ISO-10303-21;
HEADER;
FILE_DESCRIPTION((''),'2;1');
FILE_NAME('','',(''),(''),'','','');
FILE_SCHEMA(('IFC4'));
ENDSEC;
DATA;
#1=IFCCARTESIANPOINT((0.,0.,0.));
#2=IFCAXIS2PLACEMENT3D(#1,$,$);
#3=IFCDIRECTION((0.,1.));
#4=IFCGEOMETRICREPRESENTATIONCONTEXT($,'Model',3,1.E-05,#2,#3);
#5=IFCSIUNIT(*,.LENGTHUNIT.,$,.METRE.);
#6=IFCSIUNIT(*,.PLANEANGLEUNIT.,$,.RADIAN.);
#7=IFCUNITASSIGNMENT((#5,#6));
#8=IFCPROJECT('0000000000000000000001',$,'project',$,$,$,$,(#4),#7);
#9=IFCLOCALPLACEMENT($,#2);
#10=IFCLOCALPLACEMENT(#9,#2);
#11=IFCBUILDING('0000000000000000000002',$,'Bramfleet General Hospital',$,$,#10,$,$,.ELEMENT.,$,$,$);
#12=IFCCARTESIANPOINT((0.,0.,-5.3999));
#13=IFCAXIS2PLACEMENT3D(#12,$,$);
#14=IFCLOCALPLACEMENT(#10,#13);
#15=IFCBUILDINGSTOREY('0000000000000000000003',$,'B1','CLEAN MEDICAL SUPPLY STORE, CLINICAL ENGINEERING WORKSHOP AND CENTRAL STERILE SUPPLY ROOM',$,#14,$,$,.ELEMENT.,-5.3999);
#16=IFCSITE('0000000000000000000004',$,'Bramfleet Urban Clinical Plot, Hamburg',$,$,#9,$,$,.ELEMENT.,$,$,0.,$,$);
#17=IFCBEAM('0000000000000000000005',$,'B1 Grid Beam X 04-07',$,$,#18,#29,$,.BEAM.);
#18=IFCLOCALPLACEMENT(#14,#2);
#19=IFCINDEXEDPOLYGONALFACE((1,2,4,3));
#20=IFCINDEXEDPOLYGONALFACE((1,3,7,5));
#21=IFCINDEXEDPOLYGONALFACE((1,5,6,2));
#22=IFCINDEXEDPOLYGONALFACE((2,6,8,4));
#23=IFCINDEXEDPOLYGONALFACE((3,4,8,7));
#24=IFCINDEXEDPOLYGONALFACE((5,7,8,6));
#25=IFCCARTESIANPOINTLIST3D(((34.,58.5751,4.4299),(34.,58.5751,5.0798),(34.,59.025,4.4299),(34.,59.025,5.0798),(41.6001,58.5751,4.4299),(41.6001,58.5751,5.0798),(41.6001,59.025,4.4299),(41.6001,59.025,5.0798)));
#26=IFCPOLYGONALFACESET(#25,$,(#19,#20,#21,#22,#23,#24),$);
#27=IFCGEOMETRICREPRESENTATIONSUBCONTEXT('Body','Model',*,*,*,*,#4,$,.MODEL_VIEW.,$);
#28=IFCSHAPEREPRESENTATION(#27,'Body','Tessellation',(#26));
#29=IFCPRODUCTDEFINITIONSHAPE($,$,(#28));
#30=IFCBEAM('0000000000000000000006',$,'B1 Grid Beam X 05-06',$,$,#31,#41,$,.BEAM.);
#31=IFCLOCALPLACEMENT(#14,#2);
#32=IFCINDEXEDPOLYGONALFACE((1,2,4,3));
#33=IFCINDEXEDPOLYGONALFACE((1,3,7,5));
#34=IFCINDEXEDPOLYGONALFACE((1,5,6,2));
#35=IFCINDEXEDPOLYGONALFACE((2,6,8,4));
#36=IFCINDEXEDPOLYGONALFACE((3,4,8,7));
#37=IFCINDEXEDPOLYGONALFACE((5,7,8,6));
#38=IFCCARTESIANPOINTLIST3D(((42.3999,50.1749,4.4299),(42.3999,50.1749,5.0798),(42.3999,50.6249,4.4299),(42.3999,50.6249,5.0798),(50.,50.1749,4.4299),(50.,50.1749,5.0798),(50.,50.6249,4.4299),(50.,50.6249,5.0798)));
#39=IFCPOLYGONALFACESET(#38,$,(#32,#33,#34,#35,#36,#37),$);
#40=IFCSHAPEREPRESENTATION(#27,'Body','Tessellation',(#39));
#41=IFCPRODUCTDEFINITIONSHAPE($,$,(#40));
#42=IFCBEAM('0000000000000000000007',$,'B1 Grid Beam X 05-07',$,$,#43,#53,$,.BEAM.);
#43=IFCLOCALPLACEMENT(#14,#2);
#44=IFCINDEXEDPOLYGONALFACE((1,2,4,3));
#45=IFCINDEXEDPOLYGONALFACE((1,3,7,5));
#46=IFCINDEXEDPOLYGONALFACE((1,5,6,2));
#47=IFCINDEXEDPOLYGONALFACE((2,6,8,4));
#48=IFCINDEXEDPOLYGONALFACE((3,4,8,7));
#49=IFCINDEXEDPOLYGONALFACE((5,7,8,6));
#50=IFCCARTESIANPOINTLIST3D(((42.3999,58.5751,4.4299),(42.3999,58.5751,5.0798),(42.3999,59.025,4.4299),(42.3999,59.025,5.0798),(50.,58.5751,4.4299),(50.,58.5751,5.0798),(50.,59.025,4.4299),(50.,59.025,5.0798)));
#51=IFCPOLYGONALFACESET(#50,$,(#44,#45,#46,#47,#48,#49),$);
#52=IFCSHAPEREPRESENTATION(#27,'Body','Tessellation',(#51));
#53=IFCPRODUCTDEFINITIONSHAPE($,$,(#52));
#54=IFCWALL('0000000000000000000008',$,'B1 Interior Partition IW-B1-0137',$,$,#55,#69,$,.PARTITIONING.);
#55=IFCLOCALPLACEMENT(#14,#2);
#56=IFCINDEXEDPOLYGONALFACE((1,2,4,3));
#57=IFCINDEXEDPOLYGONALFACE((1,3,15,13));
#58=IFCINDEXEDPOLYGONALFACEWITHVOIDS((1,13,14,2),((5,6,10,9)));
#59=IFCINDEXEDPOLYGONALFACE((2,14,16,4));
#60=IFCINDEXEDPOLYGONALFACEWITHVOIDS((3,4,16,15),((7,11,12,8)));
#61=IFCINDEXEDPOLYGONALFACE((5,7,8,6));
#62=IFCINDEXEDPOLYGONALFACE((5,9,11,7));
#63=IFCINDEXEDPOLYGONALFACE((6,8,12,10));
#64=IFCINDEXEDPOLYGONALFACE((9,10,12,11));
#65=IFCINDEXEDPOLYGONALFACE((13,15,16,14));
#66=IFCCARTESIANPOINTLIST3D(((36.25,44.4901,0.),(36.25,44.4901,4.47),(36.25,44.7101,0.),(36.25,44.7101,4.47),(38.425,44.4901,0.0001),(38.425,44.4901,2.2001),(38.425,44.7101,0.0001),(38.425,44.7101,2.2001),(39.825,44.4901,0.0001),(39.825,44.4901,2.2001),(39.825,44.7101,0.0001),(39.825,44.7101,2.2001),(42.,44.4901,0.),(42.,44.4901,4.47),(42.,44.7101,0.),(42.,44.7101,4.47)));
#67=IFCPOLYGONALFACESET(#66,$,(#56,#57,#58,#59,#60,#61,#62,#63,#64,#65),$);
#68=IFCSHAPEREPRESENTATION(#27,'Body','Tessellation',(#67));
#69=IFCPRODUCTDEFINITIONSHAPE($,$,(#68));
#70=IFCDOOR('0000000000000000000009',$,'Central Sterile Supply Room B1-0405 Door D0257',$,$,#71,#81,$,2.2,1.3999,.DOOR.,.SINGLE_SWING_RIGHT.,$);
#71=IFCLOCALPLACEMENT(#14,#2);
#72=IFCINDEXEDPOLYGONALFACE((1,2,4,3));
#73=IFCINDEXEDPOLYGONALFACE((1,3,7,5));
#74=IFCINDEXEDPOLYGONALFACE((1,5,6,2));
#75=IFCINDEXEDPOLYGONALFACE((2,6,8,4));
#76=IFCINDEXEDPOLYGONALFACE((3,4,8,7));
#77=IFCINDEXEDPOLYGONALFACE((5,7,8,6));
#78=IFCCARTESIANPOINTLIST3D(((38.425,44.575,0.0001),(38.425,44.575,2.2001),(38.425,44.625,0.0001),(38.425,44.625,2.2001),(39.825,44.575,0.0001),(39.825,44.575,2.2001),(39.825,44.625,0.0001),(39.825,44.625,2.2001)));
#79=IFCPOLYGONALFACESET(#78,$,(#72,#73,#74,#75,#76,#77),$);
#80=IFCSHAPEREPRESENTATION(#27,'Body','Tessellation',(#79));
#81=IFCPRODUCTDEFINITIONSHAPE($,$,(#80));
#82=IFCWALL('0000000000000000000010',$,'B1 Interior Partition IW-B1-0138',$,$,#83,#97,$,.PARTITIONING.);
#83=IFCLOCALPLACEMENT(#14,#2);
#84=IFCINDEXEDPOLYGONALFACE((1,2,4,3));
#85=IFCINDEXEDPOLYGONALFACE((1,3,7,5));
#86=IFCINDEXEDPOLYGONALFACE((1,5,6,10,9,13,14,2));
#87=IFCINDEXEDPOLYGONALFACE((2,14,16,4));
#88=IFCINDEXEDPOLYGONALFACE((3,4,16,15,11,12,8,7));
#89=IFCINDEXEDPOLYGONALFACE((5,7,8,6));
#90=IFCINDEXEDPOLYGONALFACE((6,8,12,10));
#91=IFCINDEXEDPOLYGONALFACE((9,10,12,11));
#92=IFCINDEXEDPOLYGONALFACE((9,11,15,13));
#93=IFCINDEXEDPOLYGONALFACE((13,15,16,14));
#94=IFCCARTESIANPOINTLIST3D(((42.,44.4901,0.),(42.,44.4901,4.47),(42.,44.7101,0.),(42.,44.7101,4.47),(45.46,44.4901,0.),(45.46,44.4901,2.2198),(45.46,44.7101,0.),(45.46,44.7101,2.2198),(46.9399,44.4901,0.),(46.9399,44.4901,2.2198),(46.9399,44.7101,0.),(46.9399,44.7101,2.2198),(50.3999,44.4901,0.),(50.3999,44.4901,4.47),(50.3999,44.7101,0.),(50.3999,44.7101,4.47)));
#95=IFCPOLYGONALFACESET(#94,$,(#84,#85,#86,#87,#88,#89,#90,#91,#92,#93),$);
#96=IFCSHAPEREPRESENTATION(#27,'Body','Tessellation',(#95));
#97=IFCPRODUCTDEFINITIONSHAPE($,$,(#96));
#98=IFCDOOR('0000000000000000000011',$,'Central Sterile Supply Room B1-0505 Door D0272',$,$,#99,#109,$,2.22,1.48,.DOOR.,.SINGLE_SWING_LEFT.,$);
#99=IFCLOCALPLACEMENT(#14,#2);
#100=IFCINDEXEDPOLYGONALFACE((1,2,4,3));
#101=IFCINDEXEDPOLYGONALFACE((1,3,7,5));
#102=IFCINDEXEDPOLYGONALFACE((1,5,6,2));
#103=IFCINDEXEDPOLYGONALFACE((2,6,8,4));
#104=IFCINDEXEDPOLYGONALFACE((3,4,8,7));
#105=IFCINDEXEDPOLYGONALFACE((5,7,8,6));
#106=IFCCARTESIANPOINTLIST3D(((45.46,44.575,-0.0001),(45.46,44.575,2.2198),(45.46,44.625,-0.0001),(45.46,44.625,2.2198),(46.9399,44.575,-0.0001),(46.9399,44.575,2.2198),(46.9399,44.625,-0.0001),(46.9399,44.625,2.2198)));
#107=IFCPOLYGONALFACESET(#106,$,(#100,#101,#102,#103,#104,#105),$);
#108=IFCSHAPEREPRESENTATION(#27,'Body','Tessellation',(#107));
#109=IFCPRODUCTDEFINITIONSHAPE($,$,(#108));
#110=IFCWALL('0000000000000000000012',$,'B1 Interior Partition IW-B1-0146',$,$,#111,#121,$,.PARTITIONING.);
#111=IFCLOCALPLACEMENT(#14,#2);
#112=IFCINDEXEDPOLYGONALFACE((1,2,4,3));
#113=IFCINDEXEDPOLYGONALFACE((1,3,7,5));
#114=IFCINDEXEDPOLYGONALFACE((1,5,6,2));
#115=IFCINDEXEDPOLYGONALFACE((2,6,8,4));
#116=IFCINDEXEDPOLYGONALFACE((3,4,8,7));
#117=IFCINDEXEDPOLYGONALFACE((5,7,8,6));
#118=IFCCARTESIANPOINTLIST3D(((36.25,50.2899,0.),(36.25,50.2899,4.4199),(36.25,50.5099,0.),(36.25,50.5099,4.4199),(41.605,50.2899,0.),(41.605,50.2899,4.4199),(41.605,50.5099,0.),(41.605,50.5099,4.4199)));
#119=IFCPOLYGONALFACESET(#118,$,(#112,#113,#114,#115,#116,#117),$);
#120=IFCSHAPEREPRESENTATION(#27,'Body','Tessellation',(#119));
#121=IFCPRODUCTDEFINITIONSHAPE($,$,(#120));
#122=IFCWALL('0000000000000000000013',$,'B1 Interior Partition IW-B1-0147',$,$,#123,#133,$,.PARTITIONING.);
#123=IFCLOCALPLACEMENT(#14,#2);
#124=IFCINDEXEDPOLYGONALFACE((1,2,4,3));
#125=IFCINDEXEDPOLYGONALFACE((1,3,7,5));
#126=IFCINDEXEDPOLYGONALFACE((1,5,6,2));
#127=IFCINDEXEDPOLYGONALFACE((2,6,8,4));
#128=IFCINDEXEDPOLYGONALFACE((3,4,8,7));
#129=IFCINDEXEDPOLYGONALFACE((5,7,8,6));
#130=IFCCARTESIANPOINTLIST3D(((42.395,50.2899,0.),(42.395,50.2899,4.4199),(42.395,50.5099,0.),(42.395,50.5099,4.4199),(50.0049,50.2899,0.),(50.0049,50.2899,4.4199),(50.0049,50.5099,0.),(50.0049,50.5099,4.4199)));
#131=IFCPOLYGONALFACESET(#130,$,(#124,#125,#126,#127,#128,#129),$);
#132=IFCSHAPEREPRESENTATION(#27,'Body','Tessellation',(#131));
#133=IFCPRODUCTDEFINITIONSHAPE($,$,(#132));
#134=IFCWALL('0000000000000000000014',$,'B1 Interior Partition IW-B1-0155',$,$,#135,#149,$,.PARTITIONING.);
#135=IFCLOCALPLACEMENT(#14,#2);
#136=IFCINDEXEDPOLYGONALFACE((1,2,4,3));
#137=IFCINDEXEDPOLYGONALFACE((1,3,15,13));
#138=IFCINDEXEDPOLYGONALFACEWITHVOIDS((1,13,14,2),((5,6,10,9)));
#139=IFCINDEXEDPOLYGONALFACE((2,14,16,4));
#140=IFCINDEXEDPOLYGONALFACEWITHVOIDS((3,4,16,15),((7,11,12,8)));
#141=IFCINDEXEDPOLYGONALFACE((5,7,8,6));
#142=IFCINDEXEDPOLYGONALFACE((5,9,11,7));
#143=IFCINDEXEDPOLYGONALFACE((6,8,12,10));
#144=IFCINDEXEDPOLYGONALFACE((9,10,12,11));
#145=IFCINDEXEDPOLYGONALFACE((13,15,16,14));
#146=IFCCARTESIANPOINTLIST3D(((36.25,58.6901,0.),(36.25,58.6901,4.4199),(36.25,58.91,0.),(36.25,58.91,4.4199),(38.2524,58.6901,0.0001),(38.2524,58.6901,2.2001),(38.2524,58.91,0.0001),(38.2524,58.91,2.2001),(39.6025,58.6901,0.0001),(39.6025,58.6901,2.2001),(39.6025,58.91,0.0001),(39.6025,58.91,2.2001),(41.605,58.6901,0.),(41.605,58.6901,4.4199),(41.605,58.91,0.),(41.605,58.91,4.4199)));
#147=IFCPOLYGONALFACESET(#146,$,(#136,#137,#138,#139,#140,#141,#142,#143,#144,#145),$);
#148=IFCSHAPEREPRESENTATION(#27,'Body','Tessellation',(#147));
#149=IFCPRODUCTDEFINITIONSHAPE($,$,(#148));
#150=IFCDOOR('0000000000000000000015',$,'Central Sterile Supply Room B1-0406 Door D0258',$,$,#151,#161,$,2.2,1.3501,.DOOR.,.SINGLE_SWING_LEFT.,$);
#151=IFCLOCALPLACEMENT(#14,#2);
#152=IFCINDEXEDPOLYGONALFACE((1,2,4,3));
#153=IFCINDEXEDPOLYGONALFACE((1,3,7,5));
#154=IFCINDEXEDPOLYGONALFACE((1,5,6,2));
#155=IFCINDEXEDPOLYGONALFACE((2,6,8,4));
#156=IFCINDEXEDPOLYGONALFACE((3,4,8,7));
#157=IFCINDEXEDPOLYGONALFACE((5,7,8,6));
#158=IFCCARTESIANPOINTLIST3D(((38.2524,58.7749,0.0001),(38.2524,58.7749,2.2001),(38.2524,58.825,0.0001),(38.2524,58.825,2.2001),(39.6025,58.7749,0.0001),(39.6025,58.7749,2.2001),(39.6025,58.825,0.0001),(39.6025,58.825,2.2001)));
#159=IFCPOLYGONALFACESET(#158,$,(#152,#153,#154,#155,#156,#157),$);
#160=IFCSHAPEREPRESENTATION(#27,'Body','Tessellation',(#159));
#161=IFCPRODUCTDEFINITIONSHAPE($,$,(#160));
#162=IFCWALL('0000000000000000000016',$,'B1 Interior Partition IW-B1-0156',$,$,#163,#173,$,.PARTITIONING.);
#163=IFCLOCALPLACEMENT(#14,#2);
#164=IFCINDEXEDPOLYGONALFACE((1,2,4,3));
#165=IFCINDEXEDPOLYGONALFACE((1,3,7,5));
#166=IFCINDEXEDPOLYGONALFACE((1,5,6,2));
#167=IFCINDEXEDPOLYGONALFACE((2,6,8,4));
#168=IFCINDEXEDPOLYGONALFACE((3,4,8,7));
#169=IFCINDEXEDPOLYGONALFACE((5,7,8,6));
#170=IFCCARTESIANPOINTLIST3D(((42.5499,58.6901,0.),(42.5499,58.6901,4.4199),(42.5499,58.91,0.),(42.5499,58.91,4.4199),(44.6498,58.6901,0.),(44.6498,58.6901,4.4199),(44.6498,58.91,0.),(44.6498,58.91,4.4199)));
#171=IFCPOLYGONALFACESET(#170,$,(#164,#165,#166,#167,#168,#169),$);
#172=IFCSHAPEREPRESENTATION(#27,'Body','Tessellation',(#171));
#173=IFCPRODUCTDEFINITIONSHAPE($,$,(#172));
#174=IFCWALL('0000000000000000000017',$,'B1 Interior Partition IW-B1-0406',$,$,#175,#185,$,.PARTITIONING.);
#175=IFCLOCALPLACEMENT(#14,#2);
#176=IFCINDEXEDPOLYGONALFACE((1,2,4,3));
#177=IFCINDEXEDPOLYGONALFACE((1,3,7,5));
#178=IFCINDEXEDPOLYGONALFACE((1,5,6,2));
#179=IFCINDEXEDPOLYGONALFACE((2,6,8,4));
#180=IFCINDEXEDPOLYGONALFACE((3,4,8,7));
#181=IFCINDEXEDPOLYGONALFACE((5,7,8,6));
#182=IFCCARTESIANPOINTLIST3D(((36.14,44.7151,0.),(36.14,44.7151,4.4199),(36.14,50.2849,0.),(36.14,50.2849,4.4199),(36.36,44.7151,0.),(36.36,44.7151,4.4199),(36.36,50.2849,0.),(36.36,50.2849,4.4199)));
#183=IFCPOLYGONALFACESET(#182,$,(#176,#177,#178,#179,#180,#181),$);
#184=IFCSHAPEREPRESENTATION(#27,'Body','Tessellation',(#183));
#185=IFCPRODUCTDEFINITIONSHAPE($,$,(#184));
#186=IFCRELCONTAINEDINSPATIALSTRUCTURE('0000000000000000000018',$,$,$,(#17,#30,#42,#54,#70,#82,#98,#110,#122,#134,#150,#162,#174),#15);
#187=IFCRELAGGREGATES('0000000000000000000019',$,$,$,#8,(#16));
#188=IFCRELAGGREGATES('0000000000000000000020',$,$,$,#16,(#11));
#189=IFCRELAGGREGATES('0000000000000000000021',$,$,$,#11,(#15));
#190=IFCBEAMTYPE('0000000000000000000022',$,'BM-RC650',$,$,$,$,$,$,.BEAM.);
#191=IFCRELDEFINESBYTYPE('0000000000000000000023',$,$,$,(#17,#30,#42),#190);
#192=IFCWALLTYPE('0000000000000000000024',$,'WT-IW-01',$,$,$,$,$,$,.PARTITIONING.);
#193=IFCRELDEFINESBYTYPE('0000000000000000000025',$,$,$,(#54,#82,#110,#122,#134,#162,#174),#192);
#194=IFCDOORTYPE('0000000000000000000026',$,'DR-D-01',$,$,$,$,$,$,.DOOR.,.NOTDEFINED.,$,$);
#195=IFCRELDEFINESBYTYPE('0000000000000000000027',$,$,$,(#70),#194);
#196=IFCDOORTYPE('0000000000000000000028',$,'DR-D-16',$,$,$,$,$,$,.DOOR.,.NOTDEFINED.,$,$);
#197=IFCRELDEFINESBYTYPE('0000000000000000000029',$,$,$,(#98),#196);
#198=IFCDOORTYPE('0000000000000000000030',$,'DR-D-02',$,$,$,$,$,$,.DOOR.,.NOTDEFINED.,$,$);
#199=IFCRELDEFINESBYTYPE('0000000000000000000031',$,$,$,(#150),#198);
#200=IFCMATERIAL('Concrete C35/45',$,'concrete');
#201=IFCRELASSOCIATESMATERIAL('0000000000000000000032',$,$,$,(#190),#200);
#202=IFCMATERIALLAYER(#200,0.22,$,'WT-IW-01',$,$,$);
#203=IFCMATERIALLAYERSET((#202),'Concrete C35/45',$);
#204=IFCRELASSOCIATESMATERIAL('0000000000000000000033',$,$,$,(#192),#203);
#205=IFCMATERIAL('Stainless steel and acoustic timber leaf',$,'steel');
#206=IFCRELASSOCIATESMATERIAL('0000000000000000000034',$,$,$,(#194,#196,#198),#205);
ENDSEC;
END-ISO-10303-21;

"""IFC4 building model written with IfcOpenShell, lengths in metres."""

from ifc_helpers import new_model, si_unit, direction, frame, frame_2d, origin, origin_2d, place, context, subcontext, project, spatial, rectangle, extrude, material, layer, layer_set, material_profile, profile_set, type_object, element, fill, save


model = new_model("IFC4")

# Units and contexts
model_context = context("Model", 3, precision=1e-05, world=origin(), true_north=direction((0.0, 1.0)))
body_context = subcontext(model_context, "Body", "Model", "MODEL_VIEW")
ifc_project = project(units=[si_unit("LENGTHUNIT", "METRE"), si_unit("PLANEANGLEUNIT", "RADIAN")], contexts=[model_context])

# Site, building, storey
site_placement = place(None, origin())
site = spatial("IfcSite", under=ifc_project, at=site_placement, Name="Bramfleet Urban Clinical Plot, Hamburg", CompositionType="ELEMENT", RefElevation=0.0)
building_placement = place(site_placement, origin())
building = spatial("IfcBuilding", under=site, at=building_placement, Name="Bramfleet General Hospital", CompositionType="ELEMENT")
storey_placement = place(building_placement, frame((0.0, 0.0, -5.3999)))
storey = spatial("IfcBuildingStorey", under=building, at=storey_placement, Name="B1", Description="CLEAN MEDICAL SUPPLY STORE, CLINICAL ENGINEERING WORKSHOP AND CENTRAL STERILE SUPPLY ROOM", CompositionType="ELEMENT", Elevation=-5.3999)

# Shared definitions
ifc_material_1 = material(Name="Concrete C35/45", Category="concrete")

# Beams
ifc_material_profile_1 = material_profile(ifc_material_1, rectangle(XDim=0.45, YDim=0.6499, at=origin_2d()), Name="RC BM 650x450")
ifc_profile_set_1 = profile_set([ifc_material_profile_1], Name="Concrete C35/45")
beam_type_1 = type_object("IfcBeamType", Name="BM-RC650", PredefinedType="BEAM", material=ifc_profile_set_1)
for number, where, z_axis, x_axis, name in (
    (1, (34.0, 58.8, 4.7549), (1.0, 0.0, 0.0), (0.0, 1.0, 0.0), "B1 Grid Beam X 04-07"),
    (2, (42.3999, 50.3999, 4.7549), (1.0, 0.0, 0.0), (0.0, 1.0, 0.0), "B1 Grid Beam X 05-06"),
    (3, (42.3999, 58.8, 4.7549), (1.0, 0.0, 0.0), (0.0, 1.0, 0.0), "B1 Grid Beam X 05-07"),
):
    element("IfcBeam", number, at=place(storey_placement, frame(where, z_axis=z_axis, x_axis=x_axis)), inside=storey, type_object=beam_type_1, Name=name, PredefinedType="BEAM", context=body_context, shape_type="SweptSolid", body=[
        extrude(rectangle(XDim=0.45, YDim=0.6499, at=origin_2d()), origin(), (0.0, 0.0, 1.0), 7.6001),
    ])

# Walls, openings, doors
ifc_layer = layer(ifc_material_1, 0.22, Name="WT-IW-01")
ifc_layer_set = layer_set([ifc_layer], Name="Concrete C35/45")
wall_type = type_object("IfcWallType", Name="WT-IW-01", PredefinedType="PARTITIONING", material=ifc_layer_set)
wall_1_placement = place(storey_placement, frame((36.25, 44.6001, 0.0), z_axis=(0.0, 0.0, 1.0), x_axis=(1.0, 0.0, 0.0)))
wall_1 = element("IfcWall", 4, at=wall_1_placement, inside=storey, type_object=wall_type, Name="B1 Interior Partition IW-B1-0137", PredefinedType="PARTITIONING", context=body_context, shape_type="SweptSolid", body=[
    extrude(rectangle(XDim=5.75, YDim=0.22, at=frame_2d((2.875, 0.0))), origin(), (0.0, 0.0, 1.0), 4.47),
])
opening_1_placement = place(wall_1_placement, frame((2.175, 0.0, 0.0)))
opening_1 = element("IfcOpeningElement", 5, at=opening_1_placement, cuts=wall_1, PredefinedType="OPENING", context=body_context, shape_type="SweptSolid", body=[
    extrude(rectangle(XDim=1.3999, YDim=2.2, at=frame_2d((0.7, 1.1001))), frame((0.0, 0.1199, 0.0), z_axis=(0.0, -1.0, 0.0), x_axis=(1.0, 0.0, 0.0)), (0.0, 0.0, 1.0), 0.24),
])
ifc_material_2 = material(Name="Stainless steel and acoustic timber leaf", Category="steel")
door_type_1 = type_object("IfcDoorType", Name="DR-D-01", OperationType="NOTDEFINED", PredefinedType="DOOR", material=ifc_material_2)
door_1_placement = place(opening_1_placement, origin())
door_1 = element("IfcDoor", 6, at=door_1_placement, inside=storey, type_object=door_type_1, Name="Central Sterile Supply Room B1-0405 Door D0257", OperationType="SINGLE_SWING_RIGHT", OverallHeight=2.2, OverallWidth=1.3999, PredefinedType="DOOR", context=body_context, shape_type="SweptSolid", body=[
    extrude(rectangle(XDim=1.3999, YDim=2.2, at=frame_2d((0.7, 1.1001))), frame((0.0, 0.0249, 0.0), z_axis=(0.0, -1.0, 0.0), x_axis=(1.0, 0.0, 0.0)), (0.0, 0.0, 1.0), 0.05),
])
fill(opening_1, door_1)
wall_2_placement = place(storey_placement, frame((42.0, 44.6001, 0.0), z_axis=(0.0, 0.0, 1.0), x_axis=(1.0, 0.0, 0.0)))
wall_2 = element("IfcWall", 7, at=wall_2_placement, inside=storey, type_object=wall_type, Name="B1 Interior Partition IW-B1-0138", PredefinedType="PARTITIONING", context=body_context, shape_type="SweptSolid", body=[
    extrude(rectangle(XDim=8.3999, YDim=0.22, at=frame_2d((4.2, 0.0))), origin(), (0.0, 0.0, 1.0), 4.47),
])
opening_2_placement = place(wall_2_placement, frame((3.46, 0.0, 0.0)))
opening_2 = element("IfcOpeningElement", 8, at=opening_2_placement, cuts=wall_2, PredefinedType="OPENING", context=body_context, shape_type="SweptSolid", body=[
    extrude(rectangle(XDim=1.48, YDim=2.22, at=frame_2d((0.74, 1.1099))), frame((0.0, 0.1199, 0.0), z_axis=(0.0, -1.0, 0.0), x_axis=(1.0, 0.0, 0.0)), (0.0, 0.0, 1.0), 0.24),
])
door_type_2 = type_object("IfcDoorType", Name="DR-D-16", OperationType="NOTDEFINED", PredefinedType="DOOR", material=ifc_material_2)
door_2_placement = place(opening_2_placement, origin())
door_2 = element("IfcDoor", 9, at=door_2_placement, inside=storey, type_object=door_type_2, Name="Central Sterile Supply Room B1-0505 Door D0272", OperationType="SINGLE_SWING_LEFT", OverallHeight=2.22, OverallWidth=1.48, PredefinedType="DOOR", context=body_context, shape_type="SweptSolid", body=[
    extrude(rectangle(XDim=1.48, YDim=2.22, at=frame_2d((0.74, 1.1099))), frame((0.0, 0.0249, 0.0), z_axis=(0.0, -1.0, 0.0), x_axis=(1.0, 0.0, 0.0)), (0.0, 0.0, 1.0), 0.05),
])
fill(opening_2, door_2)

# Walls
wall_3_placement = place(storey_placement, frame((36.25, 50.3999, 0.0), z_axis=(0.0, 0.0, 1.0), x_axis=(1.0, 0.0, 0.0)))
element("IfcWall", 10, at=wall_3_placement, inside=storey, type_object=wall_type, Name="B1 Interior Partition IW-B1-0146", PredefinedType="PARTITIONING", context=body_context, shape_type="SweptSolid", body=[
    extrude(rectangle(XDim=5.355, YDim=0.22, at=frame_2d((2.6775, 0.0))), origin(), (0.0, 0.0, 1.0), 4.4199),
])
wall_4_placement = place(storey_placement, frame((42.395, 50.3999, 0.0), z_axis=(0.0, 0.0, 1.0), x_axis=(1.0, 0.0, 0.0)))
element("IfcWall", 11, at=wall_4_placement, inside=storey, type_object=wall_type, Name="B1 Interior Partition IW-B1-0147", PredefinedType="PARTITIONING", context=body_context, shape_type="SweptSolid", body=[
    extrude(rectangle(XDim=7.6099, YDim=0.22, at=frame_2d((3.8049, 0.0))), origin(), (0.0, 0.0, 1.0), 4.4199),
])

# Wall, opening, door
wall_5_placement = place(storey_placement, frame((36.25, 58.8, 0.0), z_axis=(0.0, 0.0, 1.0), x_axis=(1.0, 0.0, 0.0)))
wall_5 = element("IfcWall", 12, at=wall_5_placement, inside=storey, type_object=wall_type, Name="B1 Interior Partition IW-B1-0155", PredefinedType="PARTITIONING", context=body_context, shape_type="SweptSolid", body=[
    extrude(rectangle(XDim=5.355, YDim=0.22, at=frame_2d((2.6775, 0.0))), origin(), (0.0, 0.0, 1.0), 4.4199),
])
opening_3_placement = place(wall_5_placement, frame((2.0024, 0.0, 0.0)))
opening_3 = element("IfcOpeningElement", 13, at=opening_3_placement, cuts=wall_5, PredefinedType="OPENING", context=body_context, shape_type="SweptSolid", body=[
    extrude(rectangle(XDim=1.3501, YDim=2.2, at=frame_2d((0.675, 1.1001))), frame((0.0, 0.1199, 0.0), z_axis=(0.0, -1.0, 0.0), x_axis=(1.0, 0.0, 0.0)), (0.0, 0.0, 1.0), 0.24),
])
door_type_3 = type_object("IfcDoorType", Name="DR-D-02", OperationType="NOTDEFINED", PredefinedType="DOOR", material=ifc_material_2)
door_3_placement = place(opening_3_placement, origin())
door_3 = element("IfcDoor", 14, at=door_3_placement, inside=storey, type_object=door_type_3, Name="Central Sterile Supply Room B1-0406 Door D0258", OperationType="SINGLE_SWING_LEFT", OverallHeight=2.2, OverallWidth=1.3501, PredefinedType="DOOR", context=body_context, shape_type="SweptSolid", body=[
    extrude(rectangle(XDim=1.3501, YDim=2.2, at=frame_2d((0.675, 1.1001))), frame((0.0, 0.0249, 0.0), z_axis=(0.0, -1.0, 0.0), x_axis=(1.0, 0.0, 0.0)), (0.0, 0.0, 1.0), 0.05),
])
fill(opening_3, door_3)

# Walls
wall_6_placement = place(storey_placement, frame((42.55, 58.8, 0.0), z_axis=(0.0, 0.0, 1.0), x_axis=(1.0, 0.0, 0.0)))
element("IfcWall", 15, at=wall_6_placement, inside=storey, type_object=wall_type, Name="B1 Interior Partition IW-B1-0156", PredefinedType="PARTITIONING", context=body_context, shape_type="SweptSolid", body=[
    extrude(rectangle(XDim=2.0999, YDim=0.22, at=frame_2d((1.0498, 0.0))), origin(), (0.0, 0.0, 1.0), 4.4199),
])
wall_7_placement = place(storey_placement, frame((36.25, 44.7151, 0.0), z_axis=(0.0, 0.0, 1.0), x_axis=(0.0, 1.0, 0.0)))
element("IfcWall", 16, at=wall_7_placement, inside=storey, type_object=wall_type, Name="B1 Interior Partition IW-B1-0406", PredefinedType="PARTITIONING", context=body_context, shape_type="SweptSolid", body=[
    extrude(rectangle(XDim=5.5698, YDim=0.22, at=frame_2d((2.7849, 0.0))), origin(), (0.0, 0.0, 1.0), 4.4199),
])

save(model, "model.ifc")
